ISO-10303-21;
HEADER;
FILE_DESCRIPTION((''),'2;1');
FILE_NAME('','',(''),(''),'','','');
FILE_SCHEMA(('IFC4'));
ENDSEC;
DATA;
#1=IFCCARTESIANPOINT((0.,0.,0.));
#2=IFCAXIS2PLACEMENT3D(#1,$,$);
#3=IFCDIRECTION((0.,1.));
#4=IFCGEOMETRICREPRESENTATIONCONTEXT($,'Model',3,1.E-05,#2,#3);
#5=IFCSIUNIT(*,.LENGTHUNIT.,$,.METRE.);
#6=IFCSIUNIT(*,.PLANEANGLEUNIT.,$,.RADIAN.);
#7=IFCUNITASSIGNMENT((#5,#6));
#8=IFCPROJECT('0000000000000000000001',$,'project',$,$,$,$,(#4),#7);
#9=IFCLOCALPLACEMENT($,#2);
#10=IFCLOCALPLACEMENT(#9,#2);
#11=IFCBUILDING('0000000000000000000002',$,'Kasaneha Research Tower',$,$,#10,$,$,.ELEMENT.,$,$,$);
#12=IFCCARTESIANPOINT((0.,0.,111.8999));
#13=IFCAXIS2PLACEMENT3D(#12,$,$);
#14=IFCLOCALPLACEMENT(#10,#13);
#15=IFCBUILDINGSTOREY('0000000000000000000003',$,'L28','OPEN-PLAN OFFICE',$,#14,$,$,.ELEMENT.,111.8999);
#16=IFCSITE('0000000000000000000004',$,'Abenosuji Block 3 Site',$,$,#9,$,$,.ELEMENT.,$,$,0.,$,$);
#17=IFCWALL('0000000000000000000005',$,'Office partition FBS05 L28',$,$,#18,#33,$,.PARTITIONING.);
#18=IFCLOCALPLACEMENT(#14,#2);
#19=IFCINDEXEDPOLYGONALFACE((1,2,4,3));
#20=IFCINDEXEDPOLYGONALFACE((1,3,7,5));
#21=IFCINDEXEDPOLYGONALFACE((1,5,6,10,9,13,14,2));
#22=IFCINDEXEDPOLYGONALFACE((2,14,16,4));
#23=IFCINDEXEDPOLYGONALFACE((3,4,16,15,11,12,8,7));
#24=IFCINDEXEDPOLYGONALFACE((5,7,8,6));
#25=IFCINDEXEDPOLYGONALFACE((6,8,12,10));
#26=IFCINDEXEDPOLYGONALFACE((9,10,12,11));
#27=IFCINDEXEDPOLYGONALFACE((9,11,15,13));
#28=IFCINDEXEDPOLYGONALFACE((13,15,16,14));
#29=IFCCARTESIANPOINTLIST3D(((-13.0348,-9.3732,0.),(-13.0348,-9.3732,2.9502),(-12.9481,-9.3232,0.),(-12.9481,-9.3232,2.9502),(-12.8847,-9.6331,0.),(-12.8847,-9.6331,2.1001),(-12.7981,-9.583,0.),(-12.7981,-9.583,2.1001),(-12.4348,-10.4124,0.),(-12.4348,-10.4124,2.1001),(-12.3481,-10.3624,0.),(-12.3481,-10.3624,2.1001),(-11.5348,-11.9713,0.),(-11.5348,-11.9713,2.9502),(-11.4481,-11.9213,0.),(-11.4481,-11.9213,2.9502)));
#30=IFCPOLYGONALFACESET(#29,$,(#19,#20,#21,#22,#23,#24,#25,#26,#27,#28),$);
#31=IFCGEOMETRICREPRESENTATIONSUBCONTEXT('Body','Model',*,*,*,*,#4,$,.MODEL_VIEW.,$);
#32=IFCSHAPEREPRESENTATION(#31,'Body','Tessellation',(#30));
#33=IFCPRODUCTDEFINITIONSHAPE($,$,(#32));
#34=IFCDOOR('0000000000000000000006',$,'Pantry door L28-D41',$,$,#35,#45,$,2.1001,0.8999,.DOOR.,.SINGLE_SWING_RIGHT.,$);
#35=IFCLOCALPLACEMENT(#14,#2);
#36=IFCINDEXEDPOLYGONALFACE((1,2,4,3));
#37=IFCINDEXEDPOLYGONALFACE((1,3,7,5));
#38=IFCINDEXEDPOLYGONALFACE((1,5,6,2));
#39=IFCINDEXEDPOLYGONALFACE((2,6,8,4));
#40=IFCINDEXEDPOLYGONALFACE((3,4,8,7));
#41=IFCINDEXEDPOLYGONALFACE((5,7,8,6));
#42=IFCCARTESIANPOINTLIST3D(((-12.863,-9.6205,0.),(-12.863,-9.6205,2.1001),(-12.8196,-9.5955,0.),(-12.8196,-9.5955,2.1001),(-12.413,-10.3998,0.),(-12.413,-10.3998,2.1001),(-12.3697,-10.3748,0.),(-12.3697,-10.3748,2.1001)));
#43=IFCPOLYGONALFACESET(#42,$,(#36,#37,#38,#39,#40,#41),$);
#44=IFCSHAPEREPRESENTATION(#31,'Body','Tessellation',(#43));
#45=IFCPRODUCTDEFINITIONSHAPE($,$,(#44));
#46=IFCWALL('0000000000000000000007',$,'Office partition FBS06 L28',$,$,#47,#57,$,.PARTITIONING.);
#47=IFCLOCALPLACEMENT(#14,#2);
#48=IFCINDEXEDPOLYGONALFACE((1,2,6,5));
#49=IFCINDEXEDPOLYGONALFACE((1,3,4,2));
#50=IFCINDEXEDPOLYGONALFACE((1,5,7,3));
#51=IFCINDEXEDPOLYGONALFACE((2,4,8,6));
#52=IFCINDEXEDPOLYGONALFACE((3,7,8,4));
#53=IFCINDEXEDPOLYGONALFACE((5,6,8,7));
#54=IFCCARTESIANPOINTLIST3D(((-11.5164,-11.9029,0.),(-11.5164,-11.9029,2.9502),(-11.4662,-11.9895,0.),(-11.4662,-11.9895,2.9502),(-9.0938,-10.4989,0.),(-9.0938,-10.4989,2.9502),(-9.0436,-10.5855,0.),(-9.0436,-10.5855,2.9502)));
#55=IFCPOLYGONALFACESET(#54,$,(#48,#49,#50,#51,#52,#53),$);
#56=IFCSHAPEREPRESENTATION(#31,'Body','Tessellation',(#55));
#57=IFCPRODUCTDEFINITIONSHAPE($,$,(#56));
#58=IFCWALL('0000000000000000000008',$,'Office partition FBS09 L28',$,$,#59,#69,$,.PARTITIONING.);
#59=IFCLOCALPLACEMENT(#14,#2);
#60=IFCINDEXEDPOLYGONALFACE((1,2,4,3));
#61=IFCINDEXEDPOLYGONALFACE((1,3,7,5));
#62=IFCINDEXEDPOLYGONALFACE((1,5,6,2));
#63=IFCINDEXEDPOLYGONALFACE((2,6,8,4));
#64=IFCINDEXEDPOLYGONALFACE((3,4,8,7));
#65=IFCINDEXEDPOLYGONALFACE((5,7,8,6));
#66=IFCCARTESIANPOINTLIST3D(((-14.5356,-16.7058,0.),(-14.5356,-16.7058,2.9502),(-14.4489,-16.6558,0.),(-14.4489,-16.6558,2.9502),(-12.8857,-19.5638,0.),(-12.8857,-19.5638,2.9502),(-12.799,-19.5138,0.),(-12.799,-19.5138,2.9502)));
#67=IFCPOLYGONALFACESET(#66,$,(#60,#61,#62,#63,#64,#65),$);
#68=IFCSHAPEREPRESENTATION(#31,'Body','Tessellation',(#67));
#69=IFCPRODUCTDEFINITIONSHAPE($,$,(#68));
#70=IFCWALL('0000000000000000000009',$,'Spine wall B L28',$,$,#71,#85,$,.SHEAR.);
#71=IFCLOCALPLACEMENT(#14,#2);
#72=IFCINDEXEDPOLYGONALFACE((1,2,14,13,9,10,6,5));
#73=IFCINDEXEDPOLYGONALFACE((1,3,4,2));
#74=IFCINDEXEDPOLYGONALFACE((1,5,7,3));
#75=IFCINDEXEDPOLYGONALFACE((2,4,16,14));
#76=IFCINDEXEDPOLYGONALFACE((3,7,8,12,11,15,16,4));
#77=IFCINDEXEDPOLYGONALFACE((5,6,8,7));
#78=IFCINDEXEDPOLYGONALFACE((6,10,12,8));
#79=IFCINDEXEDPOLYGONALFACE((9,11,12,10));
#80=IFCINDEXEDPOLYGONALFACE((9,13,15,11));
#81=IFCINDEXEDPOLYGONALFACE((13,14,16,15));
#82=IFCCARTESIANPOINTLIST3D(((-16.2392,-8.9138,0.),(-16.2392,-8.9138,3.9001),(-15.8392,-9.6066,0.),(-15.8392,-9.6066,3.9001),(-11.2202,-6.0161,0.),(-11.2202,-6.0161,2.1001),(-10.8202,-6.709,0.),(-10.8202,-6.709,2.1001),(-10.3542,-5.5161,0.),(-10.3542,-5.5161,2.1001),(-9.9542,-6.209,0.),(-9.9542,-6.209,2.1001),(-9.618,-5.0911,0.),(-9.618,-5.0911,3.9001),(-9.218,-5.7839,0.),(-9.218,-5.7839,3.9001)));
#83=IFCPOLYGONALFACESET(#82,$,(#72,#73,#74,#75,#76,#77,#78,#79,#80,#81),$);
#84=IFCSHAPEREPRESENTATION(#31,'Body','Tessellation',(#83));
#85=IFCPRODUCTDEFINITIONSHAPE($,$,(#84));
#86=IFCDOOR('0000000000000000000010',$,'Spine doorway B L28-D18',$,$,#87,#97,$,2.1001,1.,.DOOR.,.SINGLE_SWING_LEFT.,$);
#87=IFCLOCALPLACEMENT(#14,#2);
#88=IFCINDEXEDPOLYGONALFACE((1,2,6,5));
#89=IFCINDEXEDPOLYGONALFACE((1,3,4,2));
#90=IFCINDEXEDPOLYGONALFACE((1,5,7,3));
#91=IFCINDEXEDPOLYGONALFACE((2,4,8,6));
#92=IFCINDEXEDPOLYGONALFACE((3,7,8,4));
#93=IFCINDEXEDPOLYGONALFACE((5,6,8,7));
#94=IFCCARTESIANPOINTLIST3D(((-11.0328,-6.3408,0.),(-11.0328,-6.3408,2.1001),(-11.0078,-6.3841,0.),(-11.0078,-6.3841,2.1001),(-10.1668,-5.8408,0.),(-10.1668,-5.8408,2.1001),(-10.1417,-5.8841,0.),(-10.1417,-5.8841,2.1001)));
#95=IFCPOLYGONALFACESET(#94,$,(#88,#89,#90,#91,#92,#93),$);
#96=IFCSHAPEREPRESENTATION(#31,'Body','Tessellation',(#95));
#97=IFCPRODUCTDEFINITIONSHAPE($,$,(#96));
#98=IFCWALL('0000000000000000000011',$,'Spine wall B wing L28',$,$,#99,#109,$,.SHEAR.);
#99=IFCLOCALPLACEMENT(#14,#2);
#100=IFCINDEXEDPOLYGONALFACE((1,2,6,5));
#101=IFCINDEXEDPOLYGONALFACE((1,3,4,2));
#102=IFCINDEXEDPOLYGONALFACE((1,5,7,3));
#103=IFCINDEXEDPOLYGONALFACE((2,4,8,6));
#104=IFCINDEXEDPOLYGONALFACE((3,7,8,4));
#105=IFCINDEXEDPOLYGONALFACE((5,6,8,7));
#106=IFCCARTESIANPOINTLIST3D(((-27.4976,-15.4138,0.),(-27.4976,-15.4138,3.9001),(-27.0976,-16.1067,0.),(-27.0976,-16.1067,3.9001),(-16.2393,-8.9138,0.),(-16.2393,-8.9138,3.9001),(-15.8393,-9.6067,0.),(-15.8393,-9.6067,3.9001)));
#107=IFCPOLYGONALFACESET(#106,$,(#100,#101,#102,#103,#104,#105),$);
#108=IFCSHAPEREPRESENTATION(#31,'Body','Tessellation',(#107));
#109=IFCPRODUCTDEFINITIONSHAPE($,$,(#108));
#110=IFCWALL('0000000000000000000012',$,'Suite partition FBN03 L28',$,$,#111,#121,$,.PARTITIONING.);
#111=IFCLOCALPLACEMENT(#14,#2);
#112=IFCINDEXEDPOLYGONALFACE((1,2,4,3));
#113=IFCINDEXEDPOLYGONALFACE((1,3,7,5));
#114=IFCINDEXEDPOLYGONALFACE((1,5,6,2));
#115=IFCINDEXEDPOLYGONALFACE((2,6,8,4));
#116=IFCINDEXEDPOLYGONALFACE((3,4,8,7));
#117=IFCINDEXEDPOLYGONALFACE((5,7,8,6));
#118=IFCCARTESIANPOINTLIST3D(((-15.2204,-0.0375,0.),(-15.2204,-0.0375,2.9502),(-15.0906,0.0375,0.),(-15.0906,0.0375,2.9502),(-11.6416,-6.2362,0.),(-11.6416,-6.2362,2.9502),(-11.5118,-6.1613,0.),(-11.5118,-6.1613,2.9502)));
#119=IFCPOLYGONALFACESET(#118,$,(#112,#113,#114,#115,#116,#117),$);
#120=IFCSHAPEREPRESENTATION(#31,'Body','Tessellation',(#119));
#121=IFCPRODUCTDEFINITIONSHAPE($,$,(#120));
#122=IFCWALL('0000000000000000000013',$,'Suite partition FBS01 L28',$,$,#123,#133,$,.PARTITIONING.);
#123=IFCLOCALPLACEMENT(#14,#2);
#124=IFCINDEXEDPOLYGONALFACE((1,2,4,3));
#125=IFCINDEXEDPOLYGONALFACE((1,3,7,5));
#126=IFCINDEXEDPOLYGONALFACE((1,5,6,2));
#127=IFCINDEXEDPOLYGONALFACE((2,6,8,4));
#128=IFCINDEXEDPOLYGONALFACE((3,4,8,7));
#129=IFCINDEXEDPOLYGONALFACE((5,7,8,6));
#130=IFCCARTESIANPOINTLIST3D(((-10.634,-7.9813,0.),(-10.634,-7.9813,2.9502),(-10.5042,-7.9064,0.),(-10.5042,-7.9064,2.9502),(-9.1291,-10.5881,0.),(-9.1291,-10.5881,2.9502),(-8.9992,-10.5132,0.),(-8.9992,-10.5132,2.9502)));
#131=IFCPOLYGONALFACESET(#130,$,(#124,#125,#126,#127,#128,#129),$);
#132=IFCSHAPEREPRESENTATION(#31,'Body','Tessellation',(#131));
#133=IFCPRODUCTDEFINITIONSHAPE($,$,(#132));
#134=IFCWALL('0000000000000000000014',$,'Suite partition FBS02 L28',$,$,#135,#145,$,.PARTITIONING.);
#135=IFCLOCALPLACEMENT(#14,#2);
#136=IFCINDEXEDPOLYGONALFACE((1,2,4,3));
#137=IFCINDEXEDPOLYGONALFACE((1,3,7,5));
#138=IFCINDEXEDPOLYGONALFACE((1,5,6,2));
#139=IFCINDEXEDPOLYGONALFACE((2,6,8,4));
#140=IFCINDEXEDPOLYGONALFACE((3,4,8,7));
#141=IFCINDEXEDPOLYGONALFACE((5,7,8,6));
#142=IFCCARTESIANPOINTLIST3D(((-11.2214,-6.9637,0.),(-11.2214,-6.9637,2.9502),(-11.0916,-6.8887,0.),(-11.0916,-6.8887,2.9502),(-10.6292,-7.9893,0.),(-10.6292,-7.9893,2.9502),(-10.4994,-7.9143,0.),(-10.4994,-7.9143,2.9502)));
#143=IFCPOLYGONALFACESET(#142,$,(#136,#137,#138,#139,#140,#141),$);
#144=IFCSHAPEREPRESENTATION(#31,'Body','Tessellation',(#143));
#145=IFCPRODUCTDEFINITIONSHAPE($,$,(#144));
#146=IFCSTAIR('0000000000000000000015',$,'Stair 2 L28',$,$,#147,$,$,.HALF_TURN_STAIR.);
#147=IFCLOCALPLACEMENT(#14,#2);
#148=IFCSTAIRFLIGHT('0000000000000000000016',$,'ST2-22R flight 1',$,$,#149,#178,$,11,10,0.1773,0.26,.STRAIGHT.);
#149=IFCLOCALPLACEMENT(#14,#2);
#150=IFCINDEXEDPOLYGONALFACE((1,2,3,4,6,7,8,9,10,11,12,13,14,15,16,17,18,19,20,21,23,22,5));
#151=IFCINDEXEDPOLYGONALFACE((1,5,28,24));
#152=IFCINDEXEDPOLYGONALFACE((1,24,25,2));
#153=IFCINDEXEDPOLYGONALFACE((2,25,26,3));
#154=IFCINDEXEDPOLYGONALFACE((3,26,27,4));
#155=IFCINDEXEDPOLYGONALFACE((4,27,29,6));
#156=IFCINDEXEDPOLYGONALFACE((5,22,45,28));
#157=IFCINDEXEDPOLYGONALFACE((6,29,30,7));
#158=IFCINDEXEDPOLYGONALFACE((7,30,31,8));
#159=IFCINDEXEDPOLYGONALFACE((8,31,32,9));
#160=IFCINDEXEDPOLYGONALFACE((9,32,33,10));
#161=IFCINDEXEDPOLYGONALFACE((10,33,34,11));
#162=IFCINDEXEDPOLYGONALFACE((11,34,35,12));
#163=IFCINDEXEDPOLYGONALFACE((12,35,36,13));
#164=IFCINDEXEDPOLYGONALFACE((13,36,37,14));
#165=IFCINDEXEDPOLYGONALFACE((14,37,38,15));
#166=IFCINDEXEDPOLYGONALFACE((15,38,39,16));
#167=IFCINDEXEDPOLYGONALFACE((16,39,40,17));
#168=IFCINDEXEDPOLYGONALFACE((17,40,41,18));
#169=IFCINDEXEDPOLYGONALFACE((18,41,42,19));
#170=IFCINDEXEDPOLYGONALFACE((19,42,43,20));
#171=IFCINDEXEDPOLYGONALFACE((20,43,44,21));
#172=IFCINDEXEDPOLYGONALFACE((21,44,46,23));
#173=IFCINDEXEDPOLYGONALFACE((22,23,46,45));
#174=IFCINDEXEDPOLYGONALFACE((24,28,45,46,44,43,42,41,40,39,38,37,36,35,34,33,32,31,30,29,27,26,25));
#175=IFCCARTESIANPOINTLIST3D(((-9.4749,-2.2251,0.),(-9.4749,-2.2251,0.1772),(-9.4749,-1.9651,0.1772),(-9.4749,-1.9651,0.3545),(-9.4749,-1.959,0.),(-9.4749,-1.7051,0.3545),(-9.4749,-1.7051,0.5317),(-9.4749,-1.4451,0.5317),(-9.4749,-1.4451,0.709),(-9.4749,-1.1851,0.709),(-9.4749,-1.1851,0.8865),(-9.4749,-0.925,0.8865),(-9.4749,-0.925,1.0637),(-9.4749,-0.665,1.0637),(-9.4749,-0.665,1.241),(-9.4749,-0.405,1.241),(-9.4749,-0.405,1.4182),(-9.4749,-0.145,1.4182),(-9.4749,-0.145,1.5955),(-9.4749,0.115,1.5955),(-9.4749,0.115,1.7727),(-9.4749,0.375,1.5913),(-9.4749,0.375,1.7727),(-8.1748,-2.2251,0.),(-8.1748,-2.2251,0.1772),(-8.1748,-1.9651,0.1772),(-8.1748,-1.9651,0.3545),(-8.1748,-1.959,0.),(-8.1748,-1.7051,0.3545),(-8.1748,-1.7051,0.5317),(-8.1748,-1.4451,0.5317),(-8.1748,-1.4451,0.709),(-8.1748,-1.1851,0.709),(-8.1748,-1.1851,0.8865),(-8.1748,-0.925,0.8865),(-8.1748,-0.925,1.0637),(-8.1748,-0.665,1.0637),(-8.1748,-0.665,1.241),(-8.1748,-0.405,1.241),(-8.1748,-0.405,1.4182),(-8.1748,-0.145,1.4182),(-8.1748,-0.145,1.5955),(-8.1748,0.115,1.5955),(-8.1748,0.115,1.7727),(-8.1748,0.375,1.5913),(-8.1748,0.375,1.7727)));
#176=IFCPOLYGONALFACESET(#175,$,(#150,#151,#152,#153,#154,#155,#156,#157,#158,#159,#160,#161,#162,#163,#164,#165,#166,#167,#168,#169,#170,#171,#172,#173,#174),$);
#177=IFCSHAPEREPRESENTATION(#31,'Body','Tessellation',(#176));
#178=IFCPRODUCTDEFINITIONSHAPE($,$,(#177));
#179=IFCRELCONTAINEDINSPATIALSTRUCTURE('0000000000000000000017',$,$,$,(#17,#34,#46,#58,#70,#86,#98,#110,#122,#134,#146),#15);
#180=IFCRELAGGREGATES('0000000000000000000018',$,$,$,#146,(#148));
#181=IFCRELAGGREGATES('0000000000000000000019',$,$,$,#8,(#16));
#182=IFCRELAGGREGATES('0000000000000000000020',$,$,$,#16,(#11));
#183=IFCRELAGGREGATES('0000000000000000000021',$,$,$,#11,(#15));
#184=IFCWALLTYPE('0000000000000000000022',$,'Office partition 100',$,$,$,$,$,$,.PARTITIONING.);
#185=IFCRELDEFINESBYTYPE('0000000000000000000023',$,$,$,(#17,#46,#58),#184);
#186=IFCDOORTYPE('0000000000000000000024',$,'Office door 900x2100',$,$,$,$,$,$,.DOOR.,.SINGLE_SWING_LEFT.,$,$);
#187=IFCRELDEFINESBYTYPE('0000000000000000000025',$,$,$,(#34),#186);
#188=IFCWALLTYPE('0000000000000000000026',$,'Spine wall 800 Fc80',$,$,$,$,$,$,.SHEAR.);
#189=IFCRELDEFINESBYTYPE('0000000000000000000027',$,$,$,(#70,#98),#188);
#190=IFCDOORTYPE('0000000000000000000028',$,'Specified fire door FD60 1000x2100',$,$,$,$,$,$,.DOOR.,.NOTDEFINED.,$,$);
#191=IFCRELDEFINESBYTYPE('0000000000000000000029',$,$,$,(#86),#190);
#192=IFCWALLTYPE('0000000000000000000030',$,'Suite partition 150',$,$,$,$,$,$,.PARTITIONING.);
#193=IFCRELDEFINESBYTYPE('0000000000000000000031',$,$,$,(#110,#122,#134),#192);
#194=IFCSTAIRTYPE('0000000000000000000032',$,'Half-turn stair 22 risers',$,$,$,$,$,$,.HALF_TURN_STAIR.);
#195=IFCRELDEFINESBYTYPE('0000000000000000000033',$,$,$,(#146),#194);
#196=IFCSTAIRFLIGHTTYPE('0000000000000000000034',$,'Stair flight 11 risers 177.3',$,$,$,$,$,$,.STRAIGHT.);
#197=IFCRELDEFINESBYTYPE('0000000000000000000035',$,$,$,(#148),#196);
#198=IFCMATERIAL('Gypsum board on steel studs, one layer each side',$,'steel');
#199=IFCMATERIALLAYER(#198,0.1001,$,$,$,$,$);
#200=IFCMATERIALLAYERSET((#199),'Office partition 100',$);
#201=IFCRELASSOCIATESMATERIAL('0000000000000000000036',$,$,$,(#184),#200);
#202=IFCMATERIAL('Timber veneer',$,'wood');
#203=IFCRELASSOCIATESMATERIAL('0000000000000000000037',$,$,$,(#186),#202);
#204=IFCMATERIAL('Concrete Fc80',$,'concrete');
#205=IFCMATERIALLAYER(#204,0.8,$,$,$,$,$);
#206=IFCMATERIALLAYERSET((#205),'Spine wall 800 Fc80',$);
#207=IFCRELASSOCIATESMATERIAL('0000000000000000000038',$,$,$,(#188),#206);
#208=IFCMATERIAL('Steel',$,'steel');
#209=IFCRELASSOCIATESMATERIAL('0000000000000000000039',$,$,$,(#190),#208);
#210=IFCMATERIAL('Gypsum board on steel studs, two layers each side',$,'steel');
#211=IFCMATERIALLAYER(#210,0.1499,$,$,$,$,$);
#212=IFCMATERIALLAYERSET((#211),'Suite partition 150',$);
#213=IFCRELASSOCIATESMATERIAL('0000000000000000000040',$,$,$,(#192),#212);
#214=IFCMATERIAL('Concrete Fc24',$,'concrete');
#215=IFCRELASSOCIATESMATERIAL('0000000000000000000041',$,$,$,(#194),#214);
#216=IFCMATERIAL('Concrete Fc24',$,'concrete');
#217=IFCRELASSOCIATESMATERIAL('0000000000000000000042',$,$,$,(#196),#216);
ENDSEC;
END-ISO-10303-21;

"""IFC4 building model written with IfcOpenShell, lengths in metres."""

from ifc_helpers import new_model, si_unit, direction, frame, frame_2d, origin, place, context, subcontext, project, spatial, polyline, rectangle, outline, extrude, material, layer, layer_set, type_object, element, fill, aggregate, save


model = new_model("IFC4")

# Units and contexts
model_context = context("Model", 3, precision=1e-05, world=origin(), true_north=direction((0.0, 1.0)))
body_context = subcontext(model_context, "Body", "Model", "MODEL_VIEW")
ifc_project = project(units=[si_unit("LENGTHUNIT", "METRE"), si_unit("PLANEANGLEUNIT", "RADIAN")], contexts=[model_context])

# Site, building, storey
site_placement = place(None, origin())
site = spatial("IfcSite", under=ifc_project, at=site_placement, Name="Abenosuji Block 3 Site", CompositionType="ELEMENT", RefElevation=0.0)
building_placement = place(site_placement, origin())
building = spatial("IfcBuilding", under=site, at=building_placement, Name="Kasaneha Research Tower", CompositionType="ELEMENT")
storey_placement = place(building_placement, frame((0.0, 0.0, 111.8999)))
storey = spatial("IfcBuildingStorey", under=building, at=storey_placement, Name="L28", Description="OPEN-PLAN OFFICE", CompositionType="ELEMENT", Elevation=111.8999)

# Shared definitions
ifc_material_1 = material(Name="Gypsum board on steel studs, one layer each side", Category="steel")
ifc_layer_1 = layer(ifc_material_1, 0.1001)
ifc_layer_set_1 = layer_set([ifc_layer_1], Name="Office partition 100")
wall_type_1 = type_object("IfcWallType", Name="Office partition 100", PredefinedType="PARTITIONING", material=ifc_layer_set_1)

# Wall, opening, door
wall_1_placement = place(storey_placement, frame((-11.4915, -11.9463, 0.0), z_axis=(0.0, 0.0, 1.0), x_axis=(-0.49999, 0.866031, 0.0)))
wall_1 = element("IfcWall", 1, at=wall_1_placement, inside=storey, type_object=wall_type_1, Name="Office partition FBS05 L28", PredefinedType="PARTITIONING", context=body_context, shape_type="SweptSolid", body=[
    extrude(rectangle(XDim=3.0, YDim=0.1001, at=frame_2d((1.5, 0.0))), origin(), (0.0, 0.0, 1.0), 2.9502),
])
opening_1_placement = place(wall_1_placement, frame((1.8, 0.0, 0.0)))
opening_1 = element("IfcOpeningElement", 2, at=opening_1_placement, cuts=wall_1, PredefinedType="OPENING", context=body_context, shape_type="SweptSolid", body=[
    extrude(rectangle(XDim=0.8999, YDim=2.1001, at=frame_2d((0.45, 1.05))), frame((0.0, 0.0601, 0.0), z_axis=(0.0, -1.0, 0.0), x_axis=(1.0, 0.0, 0.0)), (0.0, 0.0, 1.0), 0.1201),
])
ifc_material_2 = material(Name="Timber veneer", Category="wood")
door_type_1 = type_object("IfcDoorType", Name="Office door 900x2100", OperationType="SINGLE_SWING_LEFT", PredefinedType="DOOR", material=ifc_material_2)
door_1_placement = place(opening_1_placement, origin())
door_1 = element("IfcDoor", 3, at=door_1_placement, inside=storey, type_object=door_type_1, Name="Pantry door L28-D41", OperationType="SINGLE_SWING_RIGHT", OverallHeight=2.1001, OverallWidth=0.8999, PredefinedType="DOOR", context=body_context, shape_type="SweptSolid", body=[
    extrude(rectangle(XDim=0.8999, YDim=2.1001, at=frame_2d((0.45, 1.05))), frame((0.0, 0.0249, 0.0), z_axis=(0.0, -1.0, 0.0), x_axis=(1.0, 0.0, 0.0)), (0.0, 0.0, 1.0), 0.05),
])
fill(opening_1, door_1)

# Walls
wall_2_placement = place(storey_placement, frame((-9.0688, -10.5422, 0.0), z_axis=(0.0, 0.0, 1.0), x_axis=(-0.865195, -0.501435, 0.0)))
element("IfcWall", 4, at=wall_2_placement, inside=storey, type_object=wall_type_1, Name="Office partition FBS06 L28", PredefinedType="PARTITIONING", context=body_context, shape_type="SweptSolid", body=[
    extrude(rectangle(XDim=2.8, YDim=0.1001, at=frame_2d((1.3999, 0.0))), origin(), (0.0, 0.0, 1.0), 2.9502),
])
wall_3_placement = place(storey_placement, frame((-14.4922, -16.6809, 0.0), z_axis=(0.0, 0.0, 1.0), x_axis=(0.499974, -0.86604, 0.0)))
element("IfcWall", 5, at=wall_3_placement, inside=storey, type_object=wall_type_1, Name="Office partition FBS09 L28", PredefinedType="PARTITIONING", context=body_context, shape_type="SweptSolid", body=[
    extrude(rectangle(XDim=3.3, YDim=0.1001, at=frame_2d((1.6499, 0.0))), origin(), (0.0, 0.0, 1.0), 2.9502),
])

# Wall, opening, door
ifc_material_3 = material(Name="Concrete Fc80", Category="concrete")
ifc_layer_2 = layer(ifc_material_3, 0.8)
ifc_layer_set_2 = layer_set([ifc_layer_2], Name="Spine wall 800 Fc80")
wall_type_2 = type_object("IfcWallType", Name="Spine wall 800 Fc80", PredefinedType="SHEAR", material=ifc_layer_set_2)
wall_4_placement = place(storey_placement, frame((-9.418, -5.4375, 0.0), z_axis=(0.0, 0.0, 1.0), x_axis=(-0.86603, -0.499992, 0.0)))
wall_4 = element("IfcWall", 6, at=wall_4_placement, inside=storey, type_object=wall_type_2, Name="Spine wall B L28", PredefinedType="SHEAR", context=body_context, shape_type="SweptSolid", body=[
    extrude(rectangle(XDim=7.6455, YDim=0.8, at=frame_2d((3.8228, 0.0))), origin(), (0.0, 0.0, 1.0), 3.9001),
])
opening_2_placement = place(wall_4_placement, frame((0.8501, 0.0, 0.0)))
opening_2 = element("IfcOpeningElement", 7, at=opening_2_placement, cuts=wall_4, PredefinedType="OPENING", context=body_context, shape_type="SweptSolid", body=[
    extrude(rectangle(XDim=1.0, YDim=2.1001, at=frame_2d((0.5, 1.05))), frame((0.0, 0.4102, 0.0), z_axis=(0.0, -1.0, 0.0), x_axis=(1.0, 0.0, 0.0)), (0.0, 0.0, 1.0), 0.8201),
])
ifc_material_4 = material(Name="Steel", Category="steel")
door_type_2 = type_object("IfcDoorType", Name="Specified fire door FD60 1000x2100", OperationType="NOTDEFINED", PredefinedType="DOOR", material=ifc_material_4)
door_2_placement = place(opening_2_placement, origin())
door_2 = element("IfcDoor", 8, at=door_2_placement, inside=storey, type_object=door_type_2, Name="Spine doorway B L28-D18", OperationType="SINGLE_SWING_LEFT", OverallHeight=2.1001, OverallWidth=1.0, PredefinedType="DOOR", context=body_context, shape_type="SweptSolid", body=[
    extrude(rectangle(XDim=1.0, YDim=2.1001, at=frame_2d((0.5, 1.05))), frame((0.0, 0.0249, 0.0), z_axis=(0.0, -1.0, 0.0), x_axis=(1.0, 0.0, 0.0)), (0.0, 0.0, 1.0), 0.05),
])
fill(opening_2, door_2)

# Walls
wall_5_placement = place(storey_placement, frame((-16.0393, -9.2603, 0.0), z_axis=(0.0, 0.0, 1.0), x_axis=(-0.866025, -0.500001, 0.0)))
element("IfcWall", 9, at=wall_5_placement, inside=storey, type_object=wall_type_2, Name="Spine wall B wing L28", PredefinedType="SHEAR", context=body_context, shape_type="SweptSolid", body=[
    extrude(rectangle(XDim=13.0, YDim=0.8, at=frame_2d((6.5, 0.0))), origin(), (0.0, 0.0, 1.0), 3.9001),
])
ifc_material_5 = material(Name="Gypsum board on steel studs, two layers each side", Category="steel")
ifc_layer_3 = layer(ifc_material_5, 0.1499)
ifc_layer_set_3 = layer_set([ifc_layer_3], Name="Suite partition 150")
wall_type_3 = type_object("IfcWallType", Name="Suite partition 150", PredefinedType="PARTITIONING", material=ifc_layer_set_3)
wall_6_placement = place(storey_placement, frame((-11.5767, -6.1987, 0.0), z_axis=(0.0, 0.0, 1.0), x_axis=(-0.500002, 0.866024, 0.0)))
element("IfcWall", 10, at=wall_6_placement, inside=storey, type_object=wall_type_3, Name="Suite partition FBN03 L28", PredefinedType="PARTITIONING", context=body_context, shape_type="SweptSolid", body=[
    extrude(rectangle(XDim=7.1577, YDim=0.1499, at=frame_2d((3.5789, 0.0))), origin(), (0.0, 0.0, 1.0), 2.9502),
])
wall_7_placement = place(storey_placement, frame((-9.0642, -10.5505, 0.0), z_axis=(0.0, 0.0, 1.0), x_axis=(-0.499978, 0.866038, 0.0)))
element("IfcWall", 11, at=wall_7_placement, inside=storey, type_object=wall_type_3, Name="Suite partition FBS01 L28", PredefinedType="PARTITIONING", context=body_context, shape_type="SweptSolid", body=[
    extrude(rectangle(XDim=3.01, YDim=0.1499, at=frame_2d((1.5049, 0.0))), origin(), (0.0, 0.0, 1.0), 2.9502),
])
wall_8_placement = place(storey_placement, frame((-10.5642, -7.9519, 0.0), z_axis=(0.0, 0.0, 1.0), x_axis=(-0.500085, 0.865976, 0.0)))
element("IfcWall", 12, at=wall_8_placement, inside=storey, type_object=wall_type_3, Name="Suite partition FBS02 L28", PredefinedType="PARTITIONING", context=body_context, shape_type="SweptSolid", body=[
    extrude(rectangle(XDim=1.1843, YDim=0.1499, at=frame_2d((0.5923, 0.0))), origin(), (0.0, 0.0, 1.0), 2.9502),
])

# Stair, stair flight
ifc_material_6 = material(Name="Concrete Fc24", Category="concrete")
stair_type = type_object("IfcStairType", Name="Half-turn stair 22 risers", PredefinedType="HALF_TURN_STAIR", material=ifc_material_6)
stair_placement = place(storey_placement, origin())
stair = element("IfcStair", 13, at=stair_placement, inside=storey, type_object=stair_type, Name="Stair 2 L28", PredefinedType="HALF_TURN_STAIR")
ifc_material_7 = material(Name="Concrete Fc24", Category="concrete")
stair_flight_type = type_object("IfcStairFlightType", Name="Stair flight 11 risers 177.3", PredefinedType="STRAIGHT", material=ifc_material_7)
stair_flight_placement = place(storey_placement, frame((-8.825, -2.2251, 0.0), z_axis=(0.0, 0.0, 1.0), x_axis=(0.0, 1.0, 0.0)))
stair_flight = element("IfcStairFlight", 14, at=stair_flight_placement, type_object=stair_flight_type, Name="ST2-22R flight 1", NumberOfRisers=11, NumberOfTreads=10, PredefinedType="STRAIGHT", RiserHeight=0.1773, TreadLength=0.26, context=body_context, shape_type="SweptSolid", body=[
    extrude(outline(polyline([(0.0, 0.0), (0.0, 0.1772), (0.26, 0.1772), (0.26, 0.3545), (0.52, 0.3545), (0.52, 0.5317), (0.78, 0.5317), (0.78, 0.709), (1.04, 0.709), (1.04, 0.8865), (1.3, 0.8865), (1.3, 1.0637), (1.5601, 1.0637), (1.5601, 1.241), (1.8201, 1.241), (1.8201, 1.4182), (2.0801, 1.4182), (2.0801, 1.5955), (2.3401, 1.5955), (2.3401, 1.7727), (2.6001, 1.7727), (2.6001, 1.95), (2.6001, 1.5913), (0.2661, 0.0), (0.0, 0.0)])), frame((0.0, 0.6499, 0.0), z_axis=(0.0, -1.0, 0.0), x_axis=(1.0, 0.0, 0.0)), (0.0, 0.0, 1.0), 1.3),
])
aggregate(stair, [stair_flight])

save(model, "model.ifc")
